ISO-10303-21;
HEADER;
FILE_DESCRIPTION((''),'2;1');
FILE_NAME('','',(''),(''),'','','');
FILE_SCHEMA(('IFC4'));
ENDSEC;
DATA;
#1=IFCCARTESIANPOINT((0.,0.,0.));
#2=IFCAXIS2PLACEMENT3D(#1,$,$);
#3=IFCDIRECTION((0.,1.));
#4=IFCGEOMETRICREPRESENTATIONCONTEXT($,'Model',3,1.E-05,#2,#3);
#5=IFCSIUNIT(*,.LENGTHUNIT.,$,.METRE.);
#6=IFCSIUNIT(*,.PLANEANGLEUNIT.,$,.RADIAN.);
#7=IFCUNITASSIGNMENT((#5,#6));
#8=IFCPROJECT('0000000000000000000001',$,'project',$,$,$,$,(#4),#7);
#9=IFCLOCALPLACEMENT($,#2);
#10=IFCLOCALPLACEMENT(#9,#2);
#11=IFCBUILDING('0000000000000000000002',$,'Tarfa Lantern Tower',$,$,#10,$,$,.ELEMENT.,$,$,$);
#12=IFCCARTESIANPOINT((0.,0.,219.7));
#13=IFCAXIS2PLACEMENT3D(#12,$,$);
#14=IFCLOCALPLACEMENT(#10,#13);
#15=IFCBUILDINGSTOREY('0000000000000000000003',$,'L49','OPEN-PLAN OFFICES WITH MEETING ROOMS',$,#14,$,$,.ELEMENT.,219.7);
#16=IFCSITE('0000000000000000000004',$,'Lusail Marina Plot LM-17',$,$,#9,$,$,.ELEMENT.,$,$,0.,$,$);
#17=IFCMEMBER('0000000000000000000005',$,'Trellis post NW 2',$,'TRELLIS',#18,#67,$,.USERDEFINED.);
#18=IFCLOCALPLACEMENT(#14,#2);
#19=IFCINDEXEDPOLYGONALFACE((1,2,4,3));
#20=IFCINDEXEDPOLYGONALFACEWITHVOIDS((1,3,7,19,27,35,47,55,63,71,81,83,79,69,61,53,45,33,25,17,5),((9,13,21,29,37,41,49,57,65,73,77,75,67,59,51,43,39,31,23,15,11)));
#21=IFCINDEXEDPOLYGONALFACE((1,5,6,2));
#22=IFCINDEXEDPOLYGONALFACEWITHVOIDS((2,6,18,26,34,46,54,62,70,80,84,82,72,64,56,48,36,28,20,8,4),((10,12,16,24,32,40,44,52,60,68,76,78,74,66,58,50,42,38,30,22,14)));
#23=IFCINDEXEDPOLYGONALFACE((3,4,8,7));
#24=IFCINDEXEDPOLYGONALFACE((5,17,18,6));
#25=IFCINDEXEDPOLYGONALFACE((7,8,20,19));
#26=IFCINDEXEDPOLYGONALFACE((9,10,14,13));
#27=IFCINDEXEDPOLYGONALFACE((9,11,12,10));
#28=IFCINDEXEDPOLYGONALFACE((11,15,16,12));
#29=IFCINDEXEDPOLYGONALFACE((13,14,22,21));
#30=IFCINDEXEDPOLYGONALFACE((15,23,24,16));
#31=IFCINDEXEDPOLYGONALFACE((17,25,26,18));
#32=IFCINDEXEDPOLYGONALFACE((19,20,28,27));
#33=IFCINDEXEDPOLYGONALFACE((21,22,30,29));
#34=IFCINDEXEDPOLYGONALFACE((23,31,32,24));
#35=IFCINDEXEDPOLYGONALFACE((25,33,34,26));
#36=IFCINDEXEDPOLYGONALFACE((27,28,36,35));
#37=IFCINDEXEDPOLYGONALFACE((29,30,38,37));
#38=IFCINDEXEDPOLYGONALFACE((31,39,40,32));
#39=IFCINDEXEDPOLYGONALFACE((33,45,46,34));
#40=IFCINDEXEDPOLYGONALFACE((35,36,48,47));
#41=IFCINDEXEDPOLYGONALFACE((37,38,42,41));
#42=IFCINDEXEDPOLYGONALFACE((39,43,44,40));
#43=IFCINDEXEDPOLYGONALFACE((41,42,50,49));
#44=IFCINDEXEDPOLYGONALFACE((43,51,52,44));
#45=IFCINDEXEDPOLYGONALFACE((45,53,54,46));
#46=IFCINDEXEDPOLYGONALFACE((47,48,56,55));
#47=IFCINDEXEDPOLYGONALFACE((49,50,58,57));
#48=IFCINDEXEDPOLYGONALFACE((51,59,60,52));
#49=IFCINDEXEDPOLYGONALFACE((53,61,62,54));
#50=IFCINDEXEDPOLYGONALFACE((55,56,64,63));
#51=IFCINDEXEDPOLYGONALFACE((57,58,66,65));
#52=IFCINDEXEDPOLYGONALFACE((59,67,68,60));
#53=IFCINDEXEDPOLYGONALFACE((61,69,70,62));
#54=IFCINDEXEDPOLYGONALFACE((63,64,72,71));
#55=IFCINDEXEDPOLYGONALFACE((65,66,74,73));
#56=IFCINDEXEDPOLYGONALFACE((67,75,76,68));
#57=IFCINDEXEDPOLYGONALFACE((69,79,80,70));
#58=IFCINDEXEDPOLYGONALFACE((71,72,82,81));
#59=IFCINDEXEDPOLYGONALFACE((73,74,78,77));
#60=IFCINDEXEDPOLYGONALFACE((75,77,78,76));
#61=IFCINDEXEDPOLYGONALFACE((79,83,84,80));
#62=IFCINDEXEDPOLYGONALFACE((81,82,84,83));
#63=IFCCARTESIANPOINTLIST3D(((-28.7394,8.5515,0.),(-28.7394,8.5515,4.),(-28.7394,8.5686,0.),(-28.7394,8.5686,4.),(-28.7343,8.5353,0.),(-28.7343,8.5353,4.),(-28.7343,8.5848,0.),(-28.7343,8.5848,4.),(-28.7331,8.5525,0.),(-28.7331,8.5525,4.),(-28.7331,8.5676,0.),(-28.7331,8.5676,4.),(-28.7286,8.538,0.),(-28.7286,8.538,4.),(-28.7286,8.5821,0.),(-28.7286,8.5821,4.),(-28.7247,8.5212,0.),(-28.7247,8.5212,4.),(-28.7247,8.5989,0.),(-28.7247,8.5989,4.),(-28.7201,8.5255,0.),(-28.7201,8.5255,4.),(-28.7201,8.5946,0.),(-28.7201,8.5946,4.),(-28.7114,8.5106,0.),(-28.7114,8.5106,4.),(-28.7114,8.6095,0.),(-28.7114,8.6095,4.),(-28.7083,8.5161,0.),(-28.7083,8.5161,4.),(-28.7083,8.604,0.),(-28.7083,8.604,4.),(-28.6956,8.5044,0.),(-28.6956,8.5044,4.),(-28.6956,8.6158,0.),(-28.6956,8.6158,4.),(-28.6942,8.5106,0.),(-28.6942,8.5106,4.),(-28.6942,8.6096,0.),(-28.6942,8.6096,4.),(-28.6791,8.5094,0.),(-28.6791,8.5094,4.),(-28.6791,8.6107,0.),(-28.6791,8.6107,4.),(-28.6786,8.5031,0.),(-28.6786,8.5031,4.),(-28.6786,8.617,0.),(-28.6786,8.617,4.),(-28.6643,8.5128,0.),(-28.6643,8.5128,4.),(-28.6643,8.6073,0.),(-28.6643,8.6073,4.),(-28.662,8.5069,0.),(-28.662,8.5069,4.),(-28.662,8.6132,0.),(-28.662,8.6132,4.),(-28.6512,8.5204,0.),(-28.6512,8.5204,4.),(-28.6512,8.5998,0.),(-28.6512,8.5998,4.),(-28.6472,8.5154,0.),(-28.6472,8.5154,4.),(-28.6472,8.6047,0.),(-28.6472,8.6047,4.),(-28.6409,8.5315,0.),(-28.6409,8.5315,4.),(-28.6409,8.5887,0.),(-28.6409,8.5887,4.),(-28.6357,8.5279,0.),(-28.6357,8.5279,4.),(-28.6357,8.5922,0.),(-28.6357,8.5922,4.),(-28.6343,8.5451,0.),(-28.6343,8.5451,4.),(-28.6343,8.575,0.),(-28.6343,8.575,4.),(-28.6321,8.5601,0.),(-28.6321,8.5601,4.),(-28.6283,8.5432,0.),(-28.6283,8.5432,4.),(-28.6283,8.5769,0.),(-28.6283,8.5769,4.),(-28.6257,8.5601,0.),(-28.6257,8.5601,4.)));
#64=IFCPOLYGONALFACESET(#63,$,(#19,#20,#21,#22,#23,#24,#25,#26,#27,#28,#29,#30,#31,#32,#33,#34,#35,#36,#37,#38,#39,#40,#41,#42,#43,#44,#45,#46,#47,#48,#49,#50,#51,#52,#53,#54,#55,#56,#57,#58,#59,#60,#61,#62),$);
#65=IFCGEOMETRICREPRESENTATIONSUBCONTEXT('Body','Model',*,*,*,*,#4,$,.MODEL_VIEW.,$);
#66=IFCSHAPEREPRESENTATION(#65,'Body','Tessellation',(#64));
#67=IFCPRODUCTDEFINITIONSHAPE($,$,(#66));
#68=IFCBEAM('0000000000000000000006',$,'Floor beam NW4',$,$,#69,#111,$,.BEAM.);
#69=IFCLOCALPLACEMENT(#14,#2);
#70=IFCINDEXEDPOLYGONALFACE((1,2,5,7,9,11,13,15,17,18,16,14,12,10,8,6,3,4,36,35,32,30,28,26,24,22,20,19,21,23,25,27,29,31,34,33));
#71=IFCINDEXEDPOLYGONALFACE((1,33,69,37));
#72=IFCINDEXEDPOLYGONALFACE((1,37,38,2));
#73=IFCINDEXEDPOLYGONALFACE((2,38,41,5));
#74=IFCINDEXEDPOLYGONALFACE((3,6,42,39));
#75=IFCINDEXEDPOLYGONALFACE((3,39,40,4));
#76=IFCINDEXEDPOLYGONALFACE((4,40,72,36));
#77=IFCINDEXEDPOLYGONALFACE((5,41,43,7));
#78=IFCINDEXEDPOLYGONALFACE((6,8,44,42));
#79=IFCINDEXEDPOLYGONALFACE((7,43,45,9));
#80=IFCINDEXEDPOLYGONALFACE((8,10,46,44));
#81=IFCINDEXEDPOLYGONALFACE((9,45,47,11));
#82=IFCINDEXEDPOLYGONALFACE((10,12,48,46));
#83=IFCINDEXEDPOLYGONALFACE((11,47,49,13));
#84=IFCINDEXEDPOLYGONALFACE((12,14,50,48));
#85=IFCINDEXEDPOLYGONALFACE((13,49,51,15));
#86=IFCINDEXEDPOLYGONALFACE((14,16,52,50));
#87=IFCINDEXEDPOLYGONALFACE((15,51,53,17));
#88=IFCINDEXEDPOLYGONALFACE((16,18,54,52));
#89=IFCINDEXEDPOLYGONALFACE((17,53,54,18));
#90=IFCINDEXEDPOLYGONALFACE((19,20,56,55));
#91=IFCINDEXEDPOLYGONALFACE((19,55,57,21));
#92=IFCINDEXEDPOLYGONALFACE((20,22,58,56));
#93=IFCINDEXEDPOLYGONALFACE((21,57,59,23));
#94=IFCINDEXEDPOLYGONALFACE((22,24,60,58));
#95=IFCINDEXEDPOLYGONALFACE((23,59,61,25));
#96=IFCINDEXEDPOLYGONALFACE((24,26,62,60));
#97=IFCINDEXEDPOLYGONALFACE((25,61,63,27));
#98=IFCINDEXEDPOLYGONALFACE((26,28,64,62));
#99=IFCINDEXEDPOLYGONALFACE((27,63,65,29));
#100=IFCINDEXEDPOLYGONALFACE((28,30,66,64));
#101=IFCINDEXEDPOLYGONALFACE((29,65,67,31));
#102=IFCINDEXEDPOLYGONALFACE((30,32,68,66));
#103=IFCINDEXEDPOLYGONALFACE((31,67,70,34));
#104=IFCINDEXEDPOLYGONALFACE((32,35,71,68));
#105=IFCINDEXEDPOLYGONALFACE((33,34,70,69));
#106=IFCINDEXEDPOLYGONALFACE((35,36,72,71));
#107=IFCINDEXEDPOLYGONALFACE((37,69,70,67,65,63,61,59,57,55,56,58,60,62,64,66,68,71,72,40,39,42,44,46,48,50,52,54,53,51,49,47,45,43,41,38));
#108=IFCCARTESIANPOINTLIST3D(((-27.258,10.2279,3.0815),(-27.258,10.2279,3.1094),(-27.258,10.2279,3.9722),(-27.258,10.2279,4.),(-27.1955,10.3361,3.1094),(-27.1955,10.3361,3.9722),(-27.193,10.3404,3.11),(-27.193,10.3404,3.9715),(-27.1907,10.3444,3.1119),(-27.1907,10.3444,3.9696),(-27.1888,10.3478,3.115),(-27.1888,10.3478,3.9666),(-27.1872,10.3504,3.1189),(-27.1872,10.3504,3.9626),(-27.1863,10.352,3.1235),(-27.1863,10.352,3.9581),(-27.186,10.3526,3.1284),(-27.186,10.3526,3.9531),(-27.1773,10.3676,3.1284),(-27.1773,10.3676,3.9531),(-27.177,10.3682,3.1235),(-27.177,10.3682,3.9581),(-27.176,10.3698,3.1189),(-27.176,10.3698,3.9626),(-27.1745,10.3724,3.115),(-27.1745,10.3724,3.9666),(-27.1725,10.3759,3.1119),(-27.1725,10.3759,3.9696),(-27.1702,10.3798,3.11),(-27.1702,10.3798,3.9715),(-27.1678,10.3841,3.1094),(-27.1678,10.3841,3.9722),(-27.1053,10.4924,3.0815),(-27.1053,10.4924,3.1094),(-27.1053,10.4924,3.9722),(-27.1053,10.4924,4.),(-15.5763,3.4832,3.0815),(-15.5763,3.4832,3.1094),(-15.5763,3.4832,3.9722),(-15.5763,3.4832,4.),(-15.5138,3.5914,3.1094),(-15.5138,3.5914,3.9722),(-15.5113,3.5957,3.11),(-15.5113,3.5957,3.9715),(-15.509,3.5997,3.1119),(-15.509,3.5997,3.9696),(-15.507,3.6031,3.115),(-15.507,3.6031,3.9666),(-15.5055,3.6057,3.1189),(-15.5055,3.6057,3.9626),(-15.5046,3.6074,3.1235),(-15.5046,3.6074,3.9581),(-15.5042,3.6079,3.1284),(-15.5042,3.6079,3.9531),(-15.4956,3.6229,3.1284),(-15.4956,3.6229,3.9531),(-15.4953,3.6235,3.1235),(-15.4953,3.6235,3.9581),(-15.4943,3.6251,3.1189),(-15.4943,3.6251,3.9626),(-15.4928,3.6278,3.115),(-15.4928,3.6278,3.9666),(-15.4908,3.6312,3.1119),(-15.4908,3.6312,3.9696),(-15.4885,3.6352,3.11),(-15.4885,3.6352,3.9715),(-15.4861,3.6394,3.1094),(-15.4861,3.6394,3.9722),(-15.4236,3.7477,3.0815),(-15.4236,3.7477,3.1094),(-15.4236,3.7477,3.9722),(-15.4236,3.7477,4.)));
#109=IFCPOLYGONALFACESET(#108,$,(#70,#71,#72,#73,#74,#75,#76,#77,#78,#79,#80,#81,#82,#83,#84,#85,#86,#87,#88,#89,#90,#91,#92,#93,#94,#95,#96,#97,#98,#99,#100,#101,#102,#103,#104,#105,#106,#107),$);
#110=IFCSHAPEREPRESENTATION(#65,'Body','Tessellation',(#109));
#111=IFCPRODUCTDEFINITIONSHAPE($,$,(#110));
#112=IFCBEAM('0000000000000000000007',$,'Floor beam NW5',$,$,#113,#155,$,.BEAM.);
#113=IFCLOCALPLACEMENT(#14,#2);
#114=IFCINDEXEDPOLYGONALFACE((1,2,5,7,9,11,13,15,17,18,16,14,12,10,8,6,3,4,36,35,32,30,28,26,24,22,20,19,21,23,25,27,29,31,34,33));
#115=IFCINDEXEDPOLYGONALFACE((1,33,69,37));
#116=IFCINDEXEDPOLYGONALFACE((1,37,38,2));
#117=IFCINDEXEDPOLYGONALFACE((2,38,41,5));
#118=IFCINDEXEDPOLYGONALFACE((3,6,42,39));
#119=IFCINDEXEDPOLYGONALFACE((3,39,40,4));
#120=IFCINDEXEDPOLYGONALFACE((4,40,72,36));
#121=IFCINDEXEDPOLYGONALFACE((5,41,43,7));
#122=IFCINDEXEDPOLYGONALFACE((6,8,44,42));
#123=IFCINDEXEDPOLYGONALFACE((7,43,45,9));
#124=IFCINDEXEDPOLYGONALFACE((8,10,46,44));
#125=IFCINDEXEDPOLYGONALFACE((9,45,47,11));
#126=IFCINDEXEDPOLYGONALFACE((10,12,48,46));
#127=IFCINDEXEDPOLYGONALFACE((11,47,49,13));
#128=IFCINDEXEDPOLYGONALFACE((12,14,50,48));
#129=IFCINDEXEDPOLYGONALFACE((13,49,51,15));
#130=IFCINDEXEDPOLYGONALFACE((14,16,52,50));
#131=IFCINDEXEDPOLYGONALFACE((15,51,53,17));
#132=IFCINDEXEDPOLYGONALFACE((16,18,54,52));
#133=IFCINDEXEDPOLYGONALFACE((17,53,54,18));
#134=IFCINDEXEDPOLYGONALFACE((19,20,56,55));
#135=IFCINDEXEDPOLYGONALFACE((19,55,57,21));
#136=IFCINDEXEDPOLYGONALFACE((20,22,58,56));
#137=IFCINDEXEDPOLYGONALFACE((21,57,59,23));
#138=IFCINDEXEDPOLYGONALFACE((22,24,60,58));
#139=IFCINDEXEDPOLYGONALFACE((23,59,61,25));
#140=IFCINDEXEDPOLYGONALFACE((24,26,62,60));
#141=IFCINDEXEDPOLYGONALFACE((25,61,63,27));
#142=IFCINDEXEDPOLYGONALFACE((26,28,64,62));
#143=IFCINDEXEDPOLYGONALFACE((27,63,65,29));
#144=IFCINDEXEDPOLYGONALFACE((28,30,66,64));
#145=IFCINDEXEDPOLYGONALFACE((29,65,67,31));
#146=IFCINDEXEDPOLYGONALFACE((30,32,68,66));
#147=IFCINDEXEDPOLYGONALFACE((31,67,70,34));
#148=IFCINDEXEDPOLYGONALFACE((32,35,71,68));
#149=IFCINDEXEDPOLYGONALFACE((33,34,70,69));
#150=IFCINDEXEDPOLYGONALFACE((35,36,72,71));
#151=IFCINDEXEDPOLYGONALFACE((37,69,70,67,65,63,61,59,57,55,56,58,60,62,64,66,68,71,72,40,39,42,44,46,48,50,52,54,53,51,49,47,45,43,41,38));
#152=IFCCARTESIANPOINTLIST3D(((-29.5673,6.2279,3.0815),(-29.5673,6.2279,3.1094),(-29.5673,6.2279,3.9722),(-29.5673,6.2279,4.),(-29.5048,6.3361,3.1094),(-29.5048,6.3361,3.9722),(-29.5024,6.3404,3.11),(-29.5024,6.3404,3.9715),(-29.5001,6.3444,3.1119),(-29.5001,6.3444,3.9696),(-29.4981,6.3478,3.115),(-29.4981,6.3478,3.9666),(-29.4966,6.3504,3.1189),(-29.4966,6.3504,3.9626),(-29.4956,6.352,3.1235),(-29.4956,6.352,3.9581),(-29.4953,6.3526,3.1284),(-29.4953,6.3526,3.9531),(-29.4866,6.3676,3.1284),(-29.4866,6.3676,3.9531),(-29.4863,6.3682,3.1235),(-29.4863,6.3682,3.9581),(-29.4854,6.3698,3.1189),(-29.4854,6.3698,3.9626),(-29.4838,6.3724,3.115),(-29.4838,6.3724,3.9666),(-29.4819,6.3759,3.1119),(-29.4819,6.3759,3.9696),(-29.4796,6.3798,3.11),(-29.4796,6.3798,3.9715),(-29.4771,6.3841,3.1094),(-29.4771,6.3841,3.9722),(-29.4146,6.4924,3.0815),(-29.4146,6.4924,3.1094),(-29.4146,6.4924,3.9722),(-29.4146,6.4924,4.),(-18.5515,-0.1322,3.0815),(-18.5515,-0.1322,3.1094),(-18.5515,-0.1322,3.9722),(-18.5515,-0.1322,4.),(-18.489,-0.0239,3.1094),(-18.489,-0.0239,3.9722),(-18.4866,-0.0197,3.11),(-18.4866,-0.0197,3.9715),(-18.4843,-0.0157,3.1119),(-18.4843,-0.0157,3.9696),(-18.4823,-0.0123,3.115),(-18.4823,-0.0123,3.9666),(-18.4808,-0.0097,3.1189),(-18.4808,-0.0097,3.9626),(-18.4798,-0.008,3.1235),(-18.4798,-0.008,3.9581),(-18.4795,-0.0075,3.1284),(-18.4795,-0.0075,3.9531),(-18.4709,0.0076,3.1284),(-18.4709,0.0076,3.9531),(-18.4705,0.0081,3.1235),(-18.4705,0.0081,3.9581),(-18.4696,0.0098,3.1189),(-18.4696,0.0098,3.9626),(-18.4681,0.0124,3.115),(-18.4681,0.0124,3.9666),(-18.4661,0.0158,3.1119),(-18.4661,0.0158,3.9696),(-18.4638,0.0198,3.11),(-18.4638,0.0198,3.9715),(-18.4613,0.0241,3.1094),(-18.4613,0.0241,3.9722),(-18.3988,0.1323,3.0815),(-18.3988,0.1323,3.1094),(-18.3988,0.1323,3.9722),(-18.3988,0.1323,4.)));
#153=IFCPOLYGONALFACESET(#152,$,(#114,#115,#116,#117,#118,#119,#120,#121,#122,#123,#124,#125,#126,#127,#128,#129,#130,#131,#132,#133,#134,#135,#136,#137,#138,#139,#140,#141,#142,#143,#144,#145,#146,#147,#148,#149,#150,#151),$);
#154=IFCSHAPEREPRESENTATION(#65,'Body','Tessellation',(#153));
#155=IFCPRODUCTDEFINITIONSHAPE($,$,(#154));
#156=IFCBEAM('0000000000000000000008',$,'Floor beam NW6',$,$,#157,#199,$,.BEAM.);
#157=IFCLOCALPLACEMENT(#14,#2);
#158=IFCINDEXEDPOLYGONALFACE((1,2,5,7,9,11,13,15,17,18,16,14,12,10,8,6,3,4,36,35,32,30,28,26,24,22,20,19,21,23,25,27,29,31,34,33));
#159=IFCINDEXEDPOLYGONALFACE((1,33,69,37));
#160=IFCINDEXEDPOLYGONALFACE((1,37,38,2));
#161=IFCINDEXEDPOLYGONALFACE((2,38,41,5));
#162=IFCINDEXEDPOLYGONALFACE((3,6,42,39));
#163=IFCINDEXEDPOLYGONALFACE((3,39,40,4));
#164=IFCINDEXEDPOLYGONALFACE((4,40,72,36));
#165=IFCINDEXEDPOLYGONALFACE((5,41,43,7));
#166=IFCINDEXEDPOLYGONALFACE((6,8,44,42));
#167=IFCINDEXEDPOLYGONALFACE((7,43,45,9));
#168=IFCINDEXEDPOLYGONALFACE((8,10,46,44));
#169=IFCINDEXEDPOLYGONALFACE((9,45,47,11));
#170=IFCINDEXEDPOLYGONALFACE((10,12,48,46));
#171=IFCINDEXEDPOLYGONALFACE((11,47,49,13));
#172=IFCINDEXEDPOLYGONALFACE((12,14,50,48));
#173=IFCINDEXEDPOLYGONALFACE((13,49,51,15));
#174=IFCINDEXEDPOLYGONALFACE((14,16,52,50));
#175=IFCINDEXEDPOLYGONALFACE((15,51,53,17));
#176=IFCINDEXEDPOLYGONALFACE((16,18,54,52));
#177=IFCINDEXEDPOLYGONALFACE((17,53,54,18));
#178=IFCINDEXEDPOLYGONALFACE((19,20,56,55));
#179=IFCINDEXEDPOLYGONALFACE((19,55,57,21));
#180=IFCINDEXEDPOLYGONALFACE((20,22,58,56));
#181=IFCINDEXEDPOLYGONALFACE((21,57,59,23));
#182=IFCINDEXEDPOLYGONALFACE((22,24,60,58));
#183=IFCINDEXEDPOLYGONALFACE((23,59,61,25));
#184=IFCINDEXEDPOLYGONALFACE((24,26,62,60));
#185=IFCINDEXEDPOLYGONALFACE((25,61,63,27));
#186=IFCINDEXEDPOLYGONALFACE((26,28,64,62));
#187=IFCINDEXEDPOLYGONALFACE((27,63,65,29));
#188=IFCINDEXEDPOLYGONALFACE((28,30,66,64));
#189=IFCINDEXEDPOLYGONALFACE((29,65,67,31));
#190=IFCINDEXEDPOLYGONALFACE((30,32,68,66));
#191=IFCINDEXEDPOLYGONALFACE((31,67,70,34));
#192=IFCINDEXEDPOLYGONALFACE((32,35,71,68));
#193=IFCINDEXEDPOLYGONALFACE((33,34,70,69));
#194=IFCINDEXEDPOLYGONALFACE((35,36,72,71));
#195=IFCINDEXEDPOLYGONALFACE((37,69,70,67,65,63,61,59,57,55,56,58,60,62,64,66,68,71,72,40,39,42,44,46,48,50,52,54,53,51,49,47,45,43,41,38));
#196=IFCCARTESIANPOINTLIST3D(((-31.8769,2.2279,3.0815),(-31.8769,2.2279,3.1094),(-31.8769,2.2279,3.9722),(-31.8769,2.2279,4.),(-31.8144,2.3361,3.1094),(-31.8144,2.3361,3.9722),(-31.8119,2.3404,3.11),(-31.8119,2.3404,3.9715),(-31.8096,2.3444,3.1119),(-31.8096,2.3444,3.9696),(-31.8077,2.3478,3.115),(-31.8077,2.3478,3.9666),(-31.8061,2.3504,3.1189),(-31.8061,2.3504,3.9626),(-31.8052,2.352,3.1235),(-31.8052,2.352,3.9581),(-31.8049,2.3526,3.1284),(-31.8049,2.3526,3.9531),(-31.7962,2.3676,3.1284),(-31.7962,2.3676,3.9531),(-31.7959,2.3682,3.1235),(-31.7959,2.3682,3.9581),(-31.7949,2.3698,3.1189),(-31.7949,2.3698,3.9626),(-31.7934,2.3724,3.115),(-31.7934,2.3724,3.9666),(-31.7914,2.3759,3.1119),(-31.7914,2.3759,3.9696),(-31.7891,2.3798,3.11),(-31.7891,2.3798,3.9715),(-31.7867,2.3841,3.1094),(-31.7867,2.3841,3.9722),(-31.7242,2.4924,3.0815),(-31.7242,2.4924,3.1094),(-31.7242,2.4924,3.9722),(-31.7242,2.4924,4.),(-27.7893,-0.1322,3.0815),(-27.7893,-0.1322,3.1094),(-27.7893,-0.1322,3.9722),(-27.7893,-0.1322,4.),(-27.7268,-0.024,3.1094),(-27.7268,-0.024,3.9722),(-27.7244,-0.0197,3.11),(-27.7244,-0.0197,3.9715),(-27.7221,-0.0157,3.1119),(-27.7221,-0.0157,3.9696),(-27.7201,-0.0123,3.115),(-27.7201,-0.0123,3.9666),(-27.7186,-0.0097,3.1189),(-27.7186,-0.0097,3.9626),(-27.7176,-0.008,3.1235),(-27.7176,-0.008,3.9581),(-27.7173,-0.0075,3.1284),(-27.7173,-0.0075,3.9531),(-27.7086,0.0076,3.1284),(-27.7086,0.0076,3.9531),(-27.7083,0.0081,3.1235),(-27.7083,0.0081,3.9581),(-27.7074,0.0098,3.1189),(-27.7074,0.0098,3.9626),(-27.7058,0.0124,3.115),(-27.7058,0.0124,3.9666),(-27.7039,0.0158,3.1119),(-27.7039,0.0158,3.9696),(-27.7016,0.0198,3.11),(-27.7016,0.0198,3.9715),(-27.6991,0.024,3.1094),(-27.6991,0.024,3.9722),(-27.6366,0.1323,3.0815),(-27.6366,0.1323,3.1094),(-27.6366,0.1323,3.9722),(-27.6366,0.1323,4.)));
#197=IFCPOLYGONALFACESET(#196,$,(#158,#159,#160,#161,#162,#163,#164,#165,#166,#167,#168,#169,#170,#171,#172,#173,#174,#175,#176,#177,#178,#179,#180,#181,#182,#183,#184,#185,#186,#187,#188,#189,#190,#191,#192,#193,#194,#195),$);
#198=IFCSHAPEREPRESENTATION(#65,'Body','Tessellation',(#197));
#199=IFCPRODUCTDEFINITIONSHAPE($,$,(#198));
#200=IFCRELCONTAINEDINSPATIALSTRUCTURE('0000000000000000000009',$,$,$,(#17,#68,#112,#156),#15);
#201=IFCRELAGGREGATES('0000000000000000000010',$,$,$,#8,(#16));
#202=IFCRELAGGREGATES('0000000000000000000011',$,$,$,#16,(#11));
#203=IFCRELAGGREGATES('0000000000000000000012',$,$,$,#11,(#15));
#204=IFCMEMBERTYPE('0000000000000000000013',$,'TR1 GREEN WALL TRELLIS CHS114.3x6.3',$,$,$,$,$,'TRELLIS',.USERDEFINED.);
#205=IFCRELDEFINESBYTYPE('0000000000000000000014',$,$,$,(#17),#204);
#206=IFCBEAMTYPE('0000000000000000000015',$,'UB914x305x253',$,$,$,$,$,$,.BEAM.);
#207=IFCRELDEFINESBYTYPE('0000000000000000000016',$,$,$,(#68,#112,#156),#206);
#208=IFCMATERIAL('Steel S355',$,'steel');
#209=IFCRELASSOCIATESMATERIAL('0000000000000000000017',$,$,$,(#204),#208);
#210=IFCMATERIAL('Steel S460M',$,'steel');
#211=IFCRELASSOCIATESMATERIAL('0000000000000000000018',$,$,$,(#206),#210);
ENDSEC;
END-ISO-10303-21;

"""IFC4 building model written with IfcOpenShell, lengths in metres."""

from ifc_helpers import new_model, si_unit, direction, frame, origin, origin_2d, place, context, subcontext, project, spatial, hollow_circle, i_section, extrude, material, material_profile, profile_set, type_object, element, save


model = new_model("IFC4")

# Units and contexts
model_context = context("Model", 3, precision=1e-05, world=origin(), true_north=direction((0.0, 1.0)))
body_context = subcontext(model_context, "Body", "Model", "MODEL_VIEW")
ifc_project = project(units=[si_unit("LENGTHUNIT", "METRE"), si_unit("PLANEANGLEUNIT", "RADIAN")], contexts=[model_context])

# Site, building, storey
site_placement = place(None, origin())
site = spatial("IfcSite", under=ifc_project, at=site_placement, Name="Lusail Marina Plot LM-17", CompositionType="ELEMENT", RefElevation=0.0)
building_placement = place(site_placement, origin())
building = spatial("IfcBuilding", under=site, at=building_placement, Name="Tarfa Lantern Tower", CompositionType="ELEMENT")
storey_placement = place(building_placement, frame((0.0, 0.0, 219.7)))
storey = spatial("IfcBuildingStorey", under=building, at=storey_placement, Name="L49", Description="OPEN-PLAN OFFICES WITH MEETING ROOMS", CompositionType="ELEMENT", Elevation=219.7)

# Member
ifc_material_1 = material(Name="Steel S355", Category="steel")
ifc_material_profile_1 = material_profile(ifc_material_1, hollow_circle(Radius=0.0571, WallThickness=0.0063, at=origin_2d()), Name="CHS114.3x6.3")
ifc_profile_set_1 = profile_set([ifc_material_profile_1], Name="Steel S355")
member_type_1 = type_object("IfcMemberType", Name="TR1 GREEN WALL TRELLIS CHS114.3x6.3", ElementType="TRELLIS", PredefinedType="USERDEFINED", material=ifc_profile_set_1)
member_1_placement = place(storey_placement, frame((-28.6829, 8.5601, 0.0), z_axis=(0.0, 0.0, 1.0), x_axis=(1.0, 0.0, 0.0)))
element("IfcMember", 1, at=member_1_placement, inside=storey, type_object=member_type_1, Name="Trellis post NW 2", ObjectType="TRELLIS", PredefinedType="USERDEFINED", context=body_context, shape_type="SweptSolid", body=[
    extrude(hollow_circle(Radius=0.0571, WallThickness=0.0063, at=origin_2d()), origin(), (0.0, 0.0, 1.0), 4.0),
])

# Beams
ifc_material_2 = material(Name="Steel S460M", Category="steel")
ifc_material_profile_2 = material_profile(ifc_material_2, i_section(OverallWidth=0.3054, OverallDepth=0.9185, WebThickness=0.0173, FlangeThickness=0.0278, FilletRadius=0.019, at=origin_2d()), Name="UB914x305x253")
ifc_profile_set_2 = profile_set([ifc_material_profile_2], Name="Steel S460M")
beam_type_1 = type_object("IfcBeamType", Name="UB914x305x253", PredefinedType="BEAM", material=ifc_profile_set_2)
beam_1_placement = place(storey_placement, frame((-27.1816, 10.3601, 3.5408), z_axis=(0.866018, -0.500013, 0.0), x_axis=(0.500013, 0.866018, 0.0)))
element("IfcBeam", 2, at=beam_1_placement, inside=storey, type_object=beam_type_1, Name="Floor beam NW4", PredefinedType="BEAM", context=body_context, shape_type="SweptSolid", body=[
    extrude(i_section(OverallWidth=0.3054, OverallDepth=0.9185, WebThickness=0.0173, FlangeThickness=0.0278, FilletRadius=0.019, at=origin_2d()), origin(), (0.0, 0.0, 1.0), 13.489),
])
beam_2_placement = place(storey_placement, frame((-29.491, 6.3601, 3.5408), z_axis=(0.866022, -0.500005, 0.0), x_axis=(0.500005, 0.866022, 0.0)))
element("IfcBeam", 3, at=beam_2_placement, inside=storey, type_object=beam_type_1, Name="Floor beam NW5", PredefinedType="BEAM", context=body_context, shape_type="SweptSolid", body=[
    extrude(i_section(OverallWidth=0.3054, OverallDepth=0.9185, WebThickness=0.0173, FlangeThickness=0.0278, FilletRadius=0.019, at=origin_2d()), origin(), (0.0, 0.0, 1.0), 12.72),
])
beam_3_placement = place(storey_placement, frame((-31.8005, 2.3601, 3.5408), z_axis=(0.866016, -0.500016, 0.0), x_axis=(0.500016, 0.866016, 0.0)))
element("IfcBeam", 4, at=beam_3_placement, inside=storey, type_object=beam_type_1, Name="Floor beam NW6", PredefinedType="BEAM", context=body_context, shape_type="SweptSolid", body=[
    extrude(i_section(OverallWidth=0.3054, OverallDepth=0.9185, WebThickness=0.0173, FlangeThickness=0.0278, FilletRadius=0.019, at=origin_2d()), origin(), (0.0, 0.0, 1.0), 4.72),
])

save(model, "model.ifc")
